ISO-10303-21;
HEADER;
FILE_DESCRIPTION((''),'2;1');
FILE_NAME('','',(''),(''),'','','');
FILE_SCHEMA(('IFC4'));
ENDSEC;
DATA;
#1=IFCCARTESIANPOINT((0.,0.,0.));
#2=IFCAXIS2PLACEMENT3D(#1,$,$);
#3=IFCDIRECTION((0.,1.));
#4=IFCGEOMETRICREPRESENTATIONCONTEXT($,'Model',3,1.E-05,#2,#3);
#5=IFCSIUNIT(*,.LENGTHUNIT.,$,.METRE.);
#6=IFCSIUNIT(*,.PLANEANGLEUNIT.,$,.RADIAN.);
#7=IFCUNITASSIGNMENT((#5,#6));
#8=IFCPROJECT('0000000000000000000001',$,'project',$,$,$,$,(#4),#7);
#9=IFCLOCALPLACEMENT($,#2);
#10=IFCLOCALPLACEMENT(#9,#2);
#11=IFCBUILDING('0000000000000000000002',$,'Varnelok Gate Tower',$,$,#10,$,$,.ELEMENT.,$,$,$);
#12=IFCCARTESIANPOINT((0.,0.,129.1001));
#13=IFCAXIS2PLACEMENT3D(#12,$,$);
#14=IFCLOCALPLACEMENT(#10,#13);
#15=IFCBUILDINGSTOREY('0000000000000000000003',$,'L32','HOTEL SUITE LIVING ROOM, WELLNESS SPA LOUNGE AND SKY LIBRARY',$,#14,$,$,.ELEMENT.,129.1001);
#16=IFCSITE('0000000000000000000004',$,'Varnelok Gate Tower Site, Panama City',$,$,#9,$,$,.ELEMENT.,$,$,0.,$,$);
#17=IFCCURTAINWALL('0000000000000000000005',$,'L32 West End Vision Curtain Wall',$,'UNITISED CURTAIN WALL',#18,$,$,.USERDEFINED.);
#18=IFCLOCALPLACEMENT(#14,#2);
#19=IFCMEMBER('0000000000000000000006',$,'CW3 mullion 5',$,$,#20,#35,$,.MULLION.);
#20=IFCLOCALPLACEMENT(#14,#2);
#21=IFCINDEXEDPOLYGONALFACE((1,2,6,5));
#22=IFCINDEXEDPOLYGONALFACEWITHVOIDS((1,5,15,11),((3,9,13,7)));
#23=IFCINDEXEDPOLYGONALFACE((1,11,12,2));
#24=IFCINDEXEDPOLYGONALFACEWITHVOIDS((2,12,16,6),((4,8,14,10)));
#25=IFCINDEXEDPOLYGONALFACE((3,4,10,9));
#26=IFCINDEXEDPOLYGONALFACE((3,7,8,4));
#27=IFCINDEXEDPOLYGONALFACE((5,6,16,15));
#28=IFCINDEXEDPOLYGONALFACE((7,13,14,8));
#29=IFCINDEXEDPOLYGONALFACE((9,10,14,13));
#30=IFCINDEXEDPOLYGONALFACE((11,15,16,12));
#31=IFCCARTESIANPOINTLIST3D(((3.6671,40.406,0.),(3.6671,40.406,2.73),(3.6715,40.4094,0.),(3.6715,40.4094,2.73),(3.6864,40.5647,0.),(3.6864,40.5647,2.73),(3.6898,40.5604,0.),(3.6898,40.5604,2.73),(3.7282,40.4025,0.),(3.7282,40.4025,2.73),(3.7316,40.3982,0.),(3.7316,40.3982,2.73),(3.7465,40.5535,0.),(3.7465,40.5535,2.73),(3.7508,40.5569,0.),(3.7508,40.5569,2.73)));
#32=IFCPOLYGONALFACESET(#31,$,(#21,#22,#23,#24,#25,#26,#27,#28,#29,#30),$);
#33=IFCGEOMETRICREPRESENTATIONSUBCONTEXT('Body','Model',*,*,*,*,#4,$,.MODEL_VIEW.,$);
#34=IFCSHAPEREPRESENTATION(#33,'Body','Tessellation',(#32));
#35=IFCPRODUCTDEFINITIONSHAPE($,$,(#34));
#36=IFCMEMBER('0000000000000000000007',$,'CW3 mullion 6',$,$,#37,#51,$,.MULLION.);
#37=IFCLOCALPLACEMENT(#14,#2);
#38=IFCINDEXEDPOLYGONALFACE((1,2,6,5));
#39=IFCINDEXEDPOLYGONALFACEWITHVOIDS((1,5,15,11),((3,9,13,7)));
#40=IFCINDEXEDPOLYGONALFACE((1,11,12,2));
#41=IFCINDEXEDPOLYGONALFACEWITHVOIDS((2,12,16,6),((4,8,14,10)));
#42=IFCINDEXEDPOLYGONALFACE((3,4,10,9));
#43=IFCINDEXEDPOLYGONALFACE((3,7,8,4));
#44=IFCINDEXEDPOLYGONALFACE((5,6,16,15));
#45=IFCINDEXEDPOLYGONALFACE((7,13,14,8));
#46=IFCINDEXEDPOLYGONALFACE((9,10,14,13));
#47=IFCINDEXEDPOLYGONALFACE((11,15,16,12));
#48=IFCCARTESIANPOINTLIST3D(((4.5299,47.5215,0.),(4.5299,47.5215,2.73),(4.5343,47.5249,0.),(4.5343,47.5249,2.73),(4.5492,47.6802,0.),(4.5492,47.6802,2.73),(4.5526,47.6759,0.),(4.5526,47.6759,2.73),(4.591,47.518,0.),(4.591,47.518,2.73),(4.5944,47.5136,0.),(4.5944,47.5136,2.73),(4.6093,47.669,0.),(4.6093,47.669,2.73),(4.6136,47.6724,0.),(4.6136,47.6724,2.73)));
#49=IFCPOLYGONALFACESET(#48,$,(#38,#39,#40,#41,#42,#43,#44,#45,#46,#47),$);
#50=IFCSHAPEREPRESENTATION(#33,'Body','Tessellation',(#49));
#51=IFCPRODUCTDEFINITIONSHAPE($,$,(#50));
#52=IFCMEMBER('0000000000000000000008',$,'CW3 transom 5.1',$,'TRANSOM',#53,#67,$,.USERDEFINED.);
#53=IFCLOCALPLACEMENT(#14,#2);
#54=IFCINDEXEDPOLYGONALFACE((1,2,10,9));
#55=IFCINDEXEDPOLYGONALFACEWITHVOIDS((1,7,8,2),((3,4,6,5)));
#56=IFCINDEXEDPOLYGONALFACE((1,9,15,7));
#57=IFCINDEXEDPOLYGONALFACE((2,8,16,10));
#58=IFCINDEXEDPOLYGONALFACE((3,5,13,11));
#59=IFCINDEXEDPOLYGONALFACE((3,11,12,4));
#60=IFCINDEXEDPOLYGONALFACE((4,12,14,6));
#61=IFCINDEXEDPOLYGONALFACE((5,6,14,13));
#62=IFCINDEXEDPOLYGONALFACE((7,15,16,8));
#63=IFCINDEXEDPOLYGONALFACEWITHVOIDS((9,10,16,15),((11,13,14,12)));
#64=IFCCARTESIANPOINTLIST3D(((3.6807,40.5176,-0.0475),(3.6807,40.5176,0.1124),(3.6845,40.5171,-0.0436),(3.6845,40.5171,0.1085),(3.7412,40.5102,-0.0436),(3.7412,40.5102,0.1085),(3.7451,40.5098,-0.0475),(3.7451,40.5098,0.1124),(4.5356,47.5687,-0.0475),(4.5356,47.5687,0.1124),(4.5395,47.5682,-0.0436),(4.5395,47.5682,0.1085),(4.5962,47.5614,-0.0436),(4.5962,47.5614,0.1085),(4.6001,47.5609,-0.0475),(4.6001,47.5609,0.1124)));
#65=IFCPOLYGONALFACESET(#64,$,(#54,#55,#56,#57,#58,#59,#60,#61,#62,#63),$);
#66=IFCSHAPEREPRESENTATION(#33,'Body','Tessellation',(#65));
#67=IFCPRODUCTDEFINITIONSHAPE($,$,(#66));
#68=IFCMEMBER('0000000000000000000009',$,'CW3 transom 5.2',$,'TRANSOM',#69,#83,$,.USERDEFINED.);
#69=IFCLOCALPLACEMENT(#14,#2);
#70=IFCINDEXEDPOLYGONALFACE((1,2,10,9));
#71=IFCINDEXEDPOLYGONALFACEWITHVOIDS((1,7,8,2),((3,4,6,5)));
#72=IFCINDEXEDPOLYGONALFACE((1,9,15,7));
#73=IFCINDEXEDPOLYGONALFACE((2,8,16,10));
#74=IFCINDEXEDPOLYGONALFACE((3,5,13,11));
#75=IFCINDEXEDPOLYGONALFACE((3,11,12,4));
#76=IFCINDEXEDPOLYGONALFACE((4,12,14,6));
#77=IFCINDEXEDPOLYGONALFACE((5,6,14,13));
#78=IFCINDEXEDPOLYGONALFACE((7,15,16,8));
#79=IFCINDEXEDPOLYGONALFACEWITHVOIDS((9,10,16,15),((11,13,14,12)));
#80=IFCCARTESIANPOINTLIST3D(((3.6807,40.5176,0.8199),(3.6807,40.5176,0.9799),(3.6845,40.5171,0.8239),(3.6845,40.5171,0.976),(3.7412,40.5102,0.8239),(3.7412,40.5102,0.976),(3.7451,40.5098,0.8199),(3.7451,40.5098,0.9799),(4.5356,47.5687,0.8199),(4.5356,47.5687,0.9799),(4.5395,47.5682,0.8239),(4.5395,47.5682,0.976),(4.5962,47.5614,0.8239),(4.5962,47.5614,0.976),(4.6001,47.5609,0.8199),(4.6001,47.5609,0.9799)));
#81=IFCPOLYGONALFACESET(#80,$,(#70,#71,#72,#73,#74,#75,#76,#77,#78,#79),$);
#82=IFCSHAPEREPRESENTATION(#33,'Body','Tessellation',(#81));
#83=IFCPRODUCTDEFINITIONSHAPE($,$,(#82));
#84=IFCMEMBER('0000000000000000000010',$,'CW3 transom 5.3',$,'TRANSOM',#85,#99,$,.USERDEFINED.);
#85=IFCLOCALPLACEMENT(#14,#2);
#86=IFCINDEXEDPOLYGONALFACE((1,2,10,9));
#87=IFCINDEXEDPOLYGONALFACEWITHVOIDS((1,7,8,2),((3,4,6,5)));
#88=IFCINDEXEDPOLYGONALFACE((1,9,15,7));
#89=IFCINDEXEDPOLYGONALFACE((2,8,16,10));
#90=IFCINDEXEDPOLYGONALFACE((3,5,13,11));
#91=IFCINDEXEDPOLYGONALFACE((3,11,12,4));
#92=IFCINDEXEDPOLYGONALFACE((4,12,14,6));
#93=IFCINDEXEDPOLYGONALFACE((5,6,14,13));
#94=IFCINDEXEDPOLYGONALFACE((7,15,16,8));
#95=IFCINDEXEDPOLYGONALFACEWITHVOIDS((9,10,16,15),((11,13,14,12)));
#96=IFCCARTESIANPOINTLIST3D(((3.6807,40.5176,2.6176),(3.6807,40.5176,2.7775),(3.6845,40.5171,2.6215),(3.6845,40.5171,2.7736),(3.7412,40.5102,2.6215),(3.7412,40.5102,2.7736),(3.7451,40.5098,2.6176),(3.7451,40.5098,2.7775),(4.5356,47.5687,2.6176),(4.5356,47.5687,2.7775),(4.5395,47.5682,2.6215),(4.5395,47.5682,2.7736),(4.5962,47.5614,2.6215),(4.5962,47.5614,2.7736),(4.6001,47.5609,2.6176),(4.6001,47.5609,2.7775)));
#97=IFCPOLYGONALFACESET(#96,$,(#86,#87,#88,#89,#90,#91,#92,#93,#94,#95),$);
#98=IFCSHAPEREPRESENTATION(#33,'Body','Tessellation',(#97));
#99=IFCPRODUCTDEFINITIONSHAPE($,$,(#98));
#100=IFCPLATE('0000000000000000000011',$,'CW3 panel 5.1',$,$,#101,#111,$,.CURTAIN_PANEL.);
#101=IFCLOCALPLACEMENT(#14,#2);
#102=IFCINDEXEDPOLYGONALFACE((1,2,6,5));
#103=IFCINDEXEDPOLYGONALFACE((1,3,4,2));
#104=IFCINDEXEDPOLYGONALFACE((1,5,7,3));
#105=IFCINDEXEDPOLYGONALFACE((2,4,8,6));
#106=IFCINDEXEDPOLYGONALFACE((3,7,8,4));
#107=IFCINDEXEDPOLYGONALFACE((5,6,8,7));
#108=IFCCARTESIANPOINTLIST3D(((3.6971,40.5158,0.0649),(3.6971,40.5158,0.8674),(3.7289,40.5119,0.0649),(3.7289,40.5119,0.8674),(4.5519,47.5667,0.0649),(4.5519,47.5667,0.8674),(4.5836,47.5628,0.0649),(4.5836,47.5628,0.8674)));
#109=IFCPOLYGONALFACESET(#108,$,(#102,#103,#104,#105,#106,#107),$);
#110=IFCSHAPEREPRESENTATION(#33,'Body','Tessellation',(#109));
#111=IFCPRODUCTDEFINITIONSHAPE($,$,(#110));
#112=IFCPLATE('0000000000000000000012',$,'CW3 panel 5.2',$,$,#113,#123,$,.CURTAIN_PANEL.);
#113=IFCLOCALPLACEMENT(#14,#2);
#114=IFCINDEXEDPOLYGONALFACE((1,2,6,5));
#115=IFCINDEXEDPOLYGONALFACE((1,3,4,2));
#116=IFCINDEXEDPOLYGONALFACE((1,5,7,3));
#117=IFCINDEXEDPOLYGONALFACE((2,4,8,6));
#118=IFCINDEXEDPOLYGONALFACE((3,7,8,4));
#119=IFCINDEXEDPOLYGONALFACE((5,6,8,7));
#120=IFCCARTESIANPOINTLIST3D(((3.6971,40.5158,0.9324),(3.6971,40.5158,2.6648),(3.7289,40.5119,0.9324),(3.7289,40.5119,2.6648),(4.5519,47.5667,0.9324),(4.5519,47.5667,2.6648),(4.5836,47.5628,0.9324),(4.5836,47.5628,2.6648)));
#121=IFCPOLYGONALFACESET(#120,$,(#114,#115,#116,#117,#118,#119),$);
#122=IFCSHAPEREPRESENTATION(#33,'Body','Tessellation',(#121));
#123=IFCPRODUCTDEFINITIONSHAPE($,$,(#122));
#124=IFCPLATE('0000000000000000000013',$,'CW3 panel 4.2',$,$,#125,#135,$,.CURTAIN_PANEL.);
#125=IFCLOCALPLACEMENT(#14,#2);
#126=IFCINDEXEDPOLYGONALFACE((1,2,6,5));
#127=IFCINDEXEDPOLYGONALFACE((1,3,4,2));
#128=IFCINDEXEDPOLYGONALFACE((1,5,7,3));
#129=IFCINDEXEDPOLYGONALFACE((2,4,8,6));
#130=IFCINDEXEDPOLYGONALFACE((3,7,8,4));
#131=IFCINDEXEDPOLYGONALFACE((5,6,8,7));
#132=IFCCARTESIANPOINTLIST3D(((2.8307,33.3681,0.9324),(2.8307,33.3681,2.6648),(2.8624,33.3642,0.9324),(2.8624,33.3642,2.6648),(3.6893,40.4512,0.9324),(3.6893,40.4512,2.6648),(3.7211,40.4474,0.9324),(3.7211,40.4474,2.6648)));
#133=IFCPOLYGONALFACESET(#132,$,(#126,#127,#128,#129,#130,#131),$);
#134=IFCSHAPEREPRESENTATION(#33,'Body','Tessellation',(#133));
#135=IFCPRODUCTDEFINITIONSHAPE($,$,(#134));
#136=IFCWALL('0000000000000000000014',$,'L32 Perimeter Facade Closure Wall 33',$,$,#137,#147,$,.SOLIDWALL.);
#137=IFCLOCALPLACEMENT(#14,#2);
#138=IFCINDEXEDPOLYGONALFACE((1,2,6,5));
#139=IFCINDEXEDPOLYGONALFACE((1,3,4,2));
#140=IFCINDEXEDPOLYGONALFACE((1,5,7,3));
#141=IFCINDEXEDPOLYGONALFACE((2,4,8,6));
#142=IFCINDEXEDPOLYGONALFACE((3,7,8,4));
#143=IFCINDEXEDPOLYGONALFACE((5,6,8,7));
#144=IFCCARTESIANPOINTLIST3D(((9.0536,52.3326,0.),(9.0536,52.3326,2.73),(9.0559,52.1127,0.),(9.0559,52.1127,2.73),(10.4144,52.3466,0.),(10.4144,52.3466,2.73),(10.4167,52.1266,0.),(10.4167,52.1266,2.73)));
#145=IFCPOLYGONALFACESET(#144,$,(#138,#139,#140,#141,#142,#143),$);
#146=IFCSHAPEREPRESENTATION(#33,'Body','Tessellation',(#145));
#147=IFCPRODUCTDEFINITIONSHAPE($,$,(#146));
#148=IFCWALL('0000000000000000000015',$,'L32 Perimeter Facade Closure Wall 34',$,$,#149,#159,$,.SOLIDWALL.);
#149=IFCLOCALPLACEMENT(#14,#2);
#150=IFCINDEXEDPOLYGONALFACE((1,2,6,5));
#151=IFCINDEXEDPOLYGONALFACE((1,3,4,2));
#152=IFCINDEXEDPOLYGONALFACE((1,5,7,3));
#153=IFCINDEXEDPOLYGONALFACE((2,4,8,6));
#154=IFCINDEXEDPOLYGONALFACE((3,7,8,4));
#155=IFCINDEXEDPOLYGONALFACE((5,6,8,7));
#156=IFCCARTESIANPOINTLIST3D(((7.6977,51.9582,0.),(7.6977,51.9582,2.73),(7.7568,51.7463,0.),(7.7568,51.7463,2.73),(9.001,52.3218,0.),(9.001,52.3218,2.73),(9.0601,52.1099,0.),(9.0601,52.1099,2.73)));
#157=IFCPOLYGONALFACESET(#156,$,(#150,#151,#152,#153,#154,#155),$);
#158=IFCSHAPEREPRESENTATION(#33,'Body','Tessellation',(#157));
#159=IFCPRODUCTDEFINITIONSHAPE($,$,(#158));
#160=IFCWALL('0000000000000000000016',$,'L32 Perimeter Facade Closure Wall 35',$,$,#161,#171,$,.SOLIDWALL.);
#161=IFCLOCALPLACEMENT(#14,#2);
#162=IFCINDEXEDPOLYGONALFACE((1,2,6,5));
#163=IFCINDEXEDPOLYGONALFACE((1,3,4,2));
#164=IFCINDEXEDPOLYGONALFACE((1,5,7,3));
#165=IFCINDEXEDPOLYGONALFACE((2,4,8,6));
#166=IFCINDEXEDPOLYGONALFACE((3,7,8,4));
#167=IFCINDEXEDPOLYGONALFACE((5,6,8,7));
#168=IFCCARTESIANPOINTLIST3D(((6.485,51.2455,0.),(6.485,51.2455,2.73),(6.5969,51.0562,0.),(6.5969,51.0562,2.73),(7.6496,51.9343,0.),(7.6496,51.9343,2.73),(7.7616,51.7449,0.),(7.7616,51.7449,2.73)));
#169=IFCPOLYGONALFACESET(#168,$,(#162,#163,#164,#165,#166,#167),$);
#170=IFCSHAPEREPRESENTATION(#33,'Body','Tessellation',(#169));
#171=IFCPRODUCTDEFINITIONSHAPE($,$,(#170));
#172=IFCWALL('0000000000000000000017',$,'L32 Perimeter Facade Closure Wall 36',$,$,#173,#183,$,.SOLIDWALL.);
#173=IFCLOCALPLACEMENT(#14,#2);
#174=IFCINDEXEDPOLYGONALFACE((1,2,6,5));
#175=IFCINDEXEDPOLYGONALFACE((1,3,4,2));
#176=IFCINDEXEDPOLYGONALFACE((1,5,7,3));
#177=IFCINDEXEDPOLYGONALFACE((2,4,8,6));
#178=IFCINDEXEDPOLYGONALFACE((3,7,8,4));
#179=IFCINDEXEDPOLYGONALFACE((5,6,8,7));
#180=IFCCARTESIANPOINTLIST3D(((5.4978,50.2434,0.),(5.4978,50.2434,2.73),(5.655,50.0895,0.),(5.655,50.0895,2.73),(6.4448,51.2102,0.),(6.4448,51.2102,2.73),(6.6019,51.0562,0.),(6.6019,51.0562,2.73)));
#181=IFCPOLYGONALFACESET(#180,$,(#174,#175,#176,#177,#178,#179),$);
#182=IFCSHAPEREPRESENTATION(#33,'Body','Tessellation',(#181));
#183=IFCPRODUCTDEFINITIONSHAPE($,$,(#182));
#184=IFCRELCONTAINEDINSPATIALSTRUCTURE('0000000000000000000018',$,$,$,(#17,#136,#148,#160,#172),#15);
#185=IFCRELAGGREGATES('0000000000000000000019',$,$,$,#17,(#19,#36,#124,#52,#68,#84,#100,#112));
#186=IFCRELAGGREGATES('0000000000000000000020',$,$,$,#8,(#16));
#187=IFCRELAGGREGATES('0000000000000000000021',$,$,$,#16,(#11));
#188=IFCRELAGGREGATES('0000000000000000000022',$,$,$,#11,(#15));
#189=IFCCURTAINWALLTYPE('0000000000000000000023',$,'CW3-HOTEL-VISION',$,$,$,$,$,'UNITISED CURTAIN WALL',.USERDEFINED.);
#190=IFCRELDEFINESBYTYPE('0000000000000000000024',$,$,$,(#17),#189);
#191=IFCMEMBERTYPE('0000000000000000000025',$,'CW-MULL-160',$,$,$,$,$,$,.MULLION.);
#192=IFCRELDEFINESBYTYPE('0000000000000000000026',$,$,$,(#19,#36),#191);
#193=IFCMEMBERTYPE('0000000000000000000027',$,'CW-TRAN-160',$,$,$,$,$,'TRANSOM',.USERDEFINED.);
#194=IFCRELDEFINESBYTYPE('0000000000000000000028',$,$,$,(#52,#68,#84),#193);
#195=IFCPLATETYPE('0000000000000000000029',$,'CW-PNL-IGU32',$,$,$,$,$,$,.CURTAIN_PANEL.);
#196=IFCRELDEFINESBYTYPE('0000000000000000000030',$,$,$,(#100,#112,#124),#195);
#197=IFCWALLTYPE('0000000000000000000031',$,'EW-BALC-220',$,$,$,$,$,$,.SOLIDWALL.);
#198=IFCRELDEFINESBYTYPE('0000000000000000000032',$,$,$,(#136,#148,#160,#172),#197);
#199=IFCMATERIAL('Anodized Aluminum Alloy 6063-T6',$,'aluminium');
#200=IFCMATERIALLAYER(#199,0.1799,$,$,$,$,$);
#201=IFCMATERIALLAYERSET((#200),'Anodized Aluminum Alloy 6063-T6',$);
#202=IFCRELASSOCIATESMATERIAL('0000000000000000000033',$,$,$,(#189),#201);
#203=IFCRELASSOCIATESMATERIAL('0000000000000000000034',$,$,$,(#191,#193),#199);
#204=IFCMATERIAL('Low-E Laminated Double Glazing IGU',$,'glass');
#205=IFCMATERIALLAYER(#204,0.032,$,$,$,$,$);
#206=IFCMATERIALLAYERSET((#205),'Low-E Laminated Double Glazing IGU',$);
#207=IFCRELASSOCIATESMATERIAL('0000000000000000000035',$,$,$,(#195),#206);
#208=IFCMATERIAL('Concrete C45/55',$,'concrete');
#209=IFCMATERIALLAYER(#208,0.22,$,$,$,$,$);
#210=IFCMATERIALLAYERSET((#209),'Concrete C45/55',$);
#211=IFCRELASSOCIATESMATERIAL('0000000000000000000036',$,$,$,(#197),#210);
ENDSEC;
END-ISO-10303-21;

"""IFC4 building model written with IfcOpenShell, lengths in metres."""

from ifc_helpers import new_model, si_unit, direction, frame, frame_2d, origin, origin_2d, place, context, subcontext, project, spatial, rectangle, hollow_rectangle, extrude, source, transform, mapped, material, layer, layer_set, material_profile, profile_set, type_object, element, aggregate, save


model = new_model("IFC4")

# Units and contexts
model_context = context("Model", 3, precision=1e-05, world=origin(), true_north=direction((0.0, 1.0)))
body_context = subcontext(model_context, "Body", "Model", "MODEL_VIEW")
ifc_project = project(units=[si_unit("LENGTHUNIT", "METRE"), si_unit("PLANEANGLEUNIT", "RADIAN")], contexts=[model_context])

# Site, building, storey
site_placement = place(None, origin())
site = spatial("IfcSite", under=ifc_project, at=site_placement, Name="Varnelok Gate Tower Site, Panama City", CompositionType="ELEMENT", RefElevation=0.0)
building_placement = place(site_placement, origin())
building = spatial("IfcBuilding", under=site, at=building_placement, Name="Varnelok Gate Tower", CompositionType="ELEMENT")
storey_placement = place(building_placement, frame((0.0, 0.0, 129.1001)))
storey = spatial("IfcBuildingStorey", under=building, at=storey_placement, Name="L32", Description="HOTEL SUITE LIVING ROOM, WELLNESS SPA LOUNGE AND SKY LIBRARY", CompositionType="ELEMENT", Elevation=129.1001)

# Curtain wall, members, plates
ifc_material_1 = material(Name="Anodized Aluminum Alloy 6063-T6", Category="aluminium")
ifc_layer_1 = layer(ifc_material_1, 0.1799)
ifc_layer_set_1 = layer_set([ifc_layer_1], Name="Anodized Aluminum Alloy 6063-T6")
curtain_wall_type = type_object("IfcCurtainWallType", Name="CW3-HOTEL-VISION", ElementType="UNITISED CURTAIN WALL", PredefinedType="USERDEFINED", material=ifc_layer_set_1)
curtain_wall_placement = place(storey_placement, origin())
curtain_wall = element("IfcCurtainWall", 1, at=curtain_wall_placement, inside=storey, type_object=curtain_wall_type, Name="L32 West End Vision Curtain Wall", ObjectType="UNITISED CURTAIN WALL", PredefinedType="USERDEFINED")
ifc_material_profile_1 = material_profile(ifc_material_1, hollow_rectangle(XDim=0.0649, YDim=0.1599, WallThickness=0.0039, at=origin_2d()), Name="ALU160X65X4")
ifc_profile_set_1 = profile_set([ifc_material_profile_1], Name="Anodized Aluminum Alloy 6063-T6")
member_type_1 = type_object("IfcMemberType", Name="CW-MULL-160", PredefinedType="MULLION", material=ifc_profile_set_1)
member_1_placement = place(storey_placement, frame((3.709, 40.4814, 0.0), z_axis=(0.0, 0.0, 1.0), x_axis=(-0.992732, 0.120347, 0.0)))
member_1 = element("IfcMember", 2, at=member_1_placement, type_object=member_type_1, Name="CW3 mullion 5", PredefinedType="MULLION", context=body_context, shape_type="SweptSolid", body=[
    extrude(hollow_rectangle(XDim=0.0649, YDim=0.1599, WallThickness=0.0039, at=origin_2d()), origin(), (0.0, 0.0, 1.0), 2.73),
])
member_2_placement = place(storey_placement, frame((4.5718, 47.5969, 0.0), z_axis=(0.0, 0.0, 1.0), x_axis=(-0.992732, 0.120347, 0.0)))
member_2 = element("IfcMember", 3, at=member_2_placement, type_object=member_type_1, Name="CW3 mullion 6", PredefinedType="MULLION", context=body_context, shape_type="SweptSolid", body=[
    extrude(hollow_rectangle(XDim=0.0649, YDim=0.1599, WallThickness=0.0039, at=origin_2d()), origin(), (0.0, 0.0, 1.0), 2.73),
])
ifc_material_profile_2 = material_profile(ifc_material_1, hollow_rectangle(XDim=0.0649, YDim=0.1599, WallThickness=0.0039, at=origin_2d()), Name="ALU160X65X4")
ifc_profile_set_2 = profile_set([ifc_material_profile_2], Name="Anodized Aluminum Alloy 6063-T6")
member_type_2 = type_object("IfcMemberType", Name="CW-TRAN-160", ElementType="TRANSOM", PredefinedType="USERDEFINED", material=ifc_profile_set_2)
member_3_placement = place(storey_placement, frame((3.7129, 40.5137, 0.0325), z_axis=(0.120374, 0.992729, 0.0), x_axis=(-0.992729, 0.120374, 0.0)))
member_3 = element("IfcMember", 4, at=member_3_placement, type_object=member_type_2, Name="CW3 transom 5.1", ObjectType="TRANSOM", PredefinedType="USERDEFINED", context=body_context, shape_type="SweptSolid", body=[
    extrude(hollow_rectangle(XDim=0.0649, YDim=0.1599, WallThickness=0.0039, at=origin_2d()), origin(), (0.0, 0.0, 1.0), 7.1028),
])
member_4_placement = place(storey_placement, frame((3.7129, 40.5137, 0.8999), z_axis=(0.120374, 0.992729, 0.0), x_axis=(-0.992729, 0.120374, 0.0)))
member_4 = element("IfcMember", 5, at=member_4_placement, type_object=member_type_2, Name="CW3 transom 5.2", ObjectType="TRANSOM", PredefinedType="USERDEFINED", context=body_context, shape_type="SweptSolid", body=[
    extrude(hollow_rectangle(XDim=0.0649, YDim=0.1599, WallThickness=0.0039, at=origin_2d()), origin(), (0.0, 0.0, 1.0), 7.1028),
])
member_5_placement = place(storey_placement, frame((3.7129, 40.5137, 2.6975), z_axis=(0.120374, 0.992729, 0.0), x_axis=(-0.992729, 0.120374, 0.0)))
member_5 = element("IfcMember", 6, at=member_5_placement, type_object=member_type_2, Name="CW3 transom 5.3", ObjectType="TRANSOM", PredefinedType="USERDEFINED", context=body_context, shape_type="SweptSolid", body=[
    extrude(hollow_rectangle(XDim=0.0649, YDim=0.1599, WallThickness=0.0039, at=origin_2d()), origin(), (0.0, 0.0, 1.0), 7.1028),
])
ifc_material_2 = material(Name="Low-E Laminated Double Glazing IGU", Category="glass")
ifc_layer_2 = layer(ifc_material_2, 0.032)
ifc_layer_set_2 = layer_set([ifc_layer_2], Name="Low-E Laminated Double Glazing IGU")
plate_type = type_object("IfcPlateType", Name="CW-PNL-IGU32", PredefinedType="CURTAIN_PANEL", material=ifc_layer_set_2)
shared_shape_1 = source(origin(), body_context, "Body", "SweptSolid", [
    extrude(rectangle(XDim=7.1025, YDim=0.032, at=origin_2d()), origin(), (0.0, 0.0, 1.0), 0.8025),
])
plate_1_placement = place(storey_placement, frame((4.1404, 44.0393, 0.0649), z_axis=(0.0, 0.0, 1.0), x_axis=(0.120347, 0.992732, 0.0)))
plate_1 = element("IfcPlate", 7, at=plate_1_placement, type_object=plate_type, Name="CW3 panel 5.1", PredefinedType="CURTAIN_PANEL", context=body_context, shape_type="MappedRepresentation", body=[
    mapped(shared_shape_1, transform((0.0, 0.0, 0.0), scale=1.0)),
])
shared_shape_2 = source(origin(), body_context, "Body", "SweptSolid", [
    extrude(rectangle(XDim=7.1025, YDim=0.032, at=origin_2d()), origin(), (0.0, 0.0, 1.0), 1.7324),
])
plate_2_placement = place(storey_placement, frame((4.1404, 44.0393, 0.9324), z_axis=(0.0, 0.0, 1.0), x_axis=(0.120347, 0.992732, 0.0)))
plate_2 = element("IfcPlate", 8, at=plate_2_placement, type_object=plate_type, Name="CW3 panel 5.2", PredefinedType="CURTAIN_PANEL", context=body_context, shape_type="MappedRepresentation", body=[
    mapped(shared_shape_2, transform((0.0, 0.0, 0.0), scale=1.0)),
])
shared_shape_3 = source(origin(), body_context, "Body", "SweptSolid", [
    extrude(rectangle(XDim=7.135, YDim=0.032, at=origin_2d()), origin(), (0.0, 0.0, 1.0), 1.7324),
])
plate_3_placement = place(storey_placement, frame((3.2759, 36.9077, 0.9324), z_axis=(0.0, 0.0, 1.0), x_axis=(0.120347, 0.992732, 0.0)))
plate_3 = element("IfcPlate", 9, at=plate_3_placement, type_object=plate_type, Name="CW3 panel 4.2", PredefinedType="CURTAIN_PANEL", context=body_context, shape_type="MappedRepresentation", body=[
    mapped(shared_shape_3, transform((0.0, 0.0, 0.0), scale=1.0)),
])
aggregate(curtain_wall, [member_1, member_2, plate_3, member_3, member_4, member_5, plate_1, plate_2])

# Walls
ifc_material_3 = material(Name="Concrete C45/55", Category="concrete")
ifc_layer_3 = layer(ifc_material_3, 0.22)
ifc_layer_set_3 = layer_set([ifc_layer_3], Name="Concrete C45/55")
wall_type_1 = type_object("IfcWallType", Name="EW-BALC-220", PredefinedType="SOLIDWALL", material=ifc_layer_set_3)
wall_1_placement = place(storey_placement, frame((10.4155, 52.2366, 0.0), z_axis=(0.0, 0.0, 1.0), x_axis=(-0.999948, -0.010226, 0.0)))
element("IfcWall", 10, at=wall_1_placement, inside=storey, type_object=wall_type_1, Name="L32 Perimeter Facade Closure Wall 33", PredefinedType="SOLIDWALL", context=body_context, shape_type="SweptSolid", body=[
    extrude(rectangle(XDim=1.3608, YDim=0.22, at=frame_2d((0.6804, 0.0))), origin(), (0.0, 0.0, 1.0), 2.73),
])
for number, where, z_axis, x_axis, name in (
    (11, (9.0305, 52.2158, 0.0), (0.0, 0.0, 1.0), (-0.963228, -0.268686, 0.0), "L32 Perimeter Facade Closure Wall 34"),
    (12, (7.7056, 51.8396, 0.0), (0.0, 0.0, 1.0), (-0.86074, -0.509045, 0.0), "L32 Perimeter Facade Closure Wall 35"),
):
    element("IfcWall", number, at=place(storey_placement, frame(where, z_axis=z_axis, x_axis=x_axis)), inside=storey, type_object=wall_type_1, Name=name, PredefinedType="SOLIDWALL", context=body_context, shape_type="SweptSolid", body=[
        extrude(rectangle(XDim=1.353, YDim=0.22, at=frame_2d((0.6765, 0.0))), origin(), (0.0, 0.0, 1.0), 2.73),
    ])
wall_2_placement = place(storey_placement, frame((6.5234, 51.1333, 0.0), z_axis=(0.0, 0.0, 1.0), x_axis=(-0.699763, -0.714375, 0.0)))
element("IfcWall", 13, at=wall_2_placement, inside=storey, type_object=wall_type_1, Name="L32 Perimeter Facade Closure Wall 36", PredefinedType="SOLIDWALL", context=body_context, shape_type="SweptSolid", body=[
    extrude(rectangle(XDim=1.3533, YDim=0.22, at=frame_2d((0.6768, 0.0))), origin(), (0.0, 0.0, 1.0), 2.73),
])

save(model, "model.ifc")
